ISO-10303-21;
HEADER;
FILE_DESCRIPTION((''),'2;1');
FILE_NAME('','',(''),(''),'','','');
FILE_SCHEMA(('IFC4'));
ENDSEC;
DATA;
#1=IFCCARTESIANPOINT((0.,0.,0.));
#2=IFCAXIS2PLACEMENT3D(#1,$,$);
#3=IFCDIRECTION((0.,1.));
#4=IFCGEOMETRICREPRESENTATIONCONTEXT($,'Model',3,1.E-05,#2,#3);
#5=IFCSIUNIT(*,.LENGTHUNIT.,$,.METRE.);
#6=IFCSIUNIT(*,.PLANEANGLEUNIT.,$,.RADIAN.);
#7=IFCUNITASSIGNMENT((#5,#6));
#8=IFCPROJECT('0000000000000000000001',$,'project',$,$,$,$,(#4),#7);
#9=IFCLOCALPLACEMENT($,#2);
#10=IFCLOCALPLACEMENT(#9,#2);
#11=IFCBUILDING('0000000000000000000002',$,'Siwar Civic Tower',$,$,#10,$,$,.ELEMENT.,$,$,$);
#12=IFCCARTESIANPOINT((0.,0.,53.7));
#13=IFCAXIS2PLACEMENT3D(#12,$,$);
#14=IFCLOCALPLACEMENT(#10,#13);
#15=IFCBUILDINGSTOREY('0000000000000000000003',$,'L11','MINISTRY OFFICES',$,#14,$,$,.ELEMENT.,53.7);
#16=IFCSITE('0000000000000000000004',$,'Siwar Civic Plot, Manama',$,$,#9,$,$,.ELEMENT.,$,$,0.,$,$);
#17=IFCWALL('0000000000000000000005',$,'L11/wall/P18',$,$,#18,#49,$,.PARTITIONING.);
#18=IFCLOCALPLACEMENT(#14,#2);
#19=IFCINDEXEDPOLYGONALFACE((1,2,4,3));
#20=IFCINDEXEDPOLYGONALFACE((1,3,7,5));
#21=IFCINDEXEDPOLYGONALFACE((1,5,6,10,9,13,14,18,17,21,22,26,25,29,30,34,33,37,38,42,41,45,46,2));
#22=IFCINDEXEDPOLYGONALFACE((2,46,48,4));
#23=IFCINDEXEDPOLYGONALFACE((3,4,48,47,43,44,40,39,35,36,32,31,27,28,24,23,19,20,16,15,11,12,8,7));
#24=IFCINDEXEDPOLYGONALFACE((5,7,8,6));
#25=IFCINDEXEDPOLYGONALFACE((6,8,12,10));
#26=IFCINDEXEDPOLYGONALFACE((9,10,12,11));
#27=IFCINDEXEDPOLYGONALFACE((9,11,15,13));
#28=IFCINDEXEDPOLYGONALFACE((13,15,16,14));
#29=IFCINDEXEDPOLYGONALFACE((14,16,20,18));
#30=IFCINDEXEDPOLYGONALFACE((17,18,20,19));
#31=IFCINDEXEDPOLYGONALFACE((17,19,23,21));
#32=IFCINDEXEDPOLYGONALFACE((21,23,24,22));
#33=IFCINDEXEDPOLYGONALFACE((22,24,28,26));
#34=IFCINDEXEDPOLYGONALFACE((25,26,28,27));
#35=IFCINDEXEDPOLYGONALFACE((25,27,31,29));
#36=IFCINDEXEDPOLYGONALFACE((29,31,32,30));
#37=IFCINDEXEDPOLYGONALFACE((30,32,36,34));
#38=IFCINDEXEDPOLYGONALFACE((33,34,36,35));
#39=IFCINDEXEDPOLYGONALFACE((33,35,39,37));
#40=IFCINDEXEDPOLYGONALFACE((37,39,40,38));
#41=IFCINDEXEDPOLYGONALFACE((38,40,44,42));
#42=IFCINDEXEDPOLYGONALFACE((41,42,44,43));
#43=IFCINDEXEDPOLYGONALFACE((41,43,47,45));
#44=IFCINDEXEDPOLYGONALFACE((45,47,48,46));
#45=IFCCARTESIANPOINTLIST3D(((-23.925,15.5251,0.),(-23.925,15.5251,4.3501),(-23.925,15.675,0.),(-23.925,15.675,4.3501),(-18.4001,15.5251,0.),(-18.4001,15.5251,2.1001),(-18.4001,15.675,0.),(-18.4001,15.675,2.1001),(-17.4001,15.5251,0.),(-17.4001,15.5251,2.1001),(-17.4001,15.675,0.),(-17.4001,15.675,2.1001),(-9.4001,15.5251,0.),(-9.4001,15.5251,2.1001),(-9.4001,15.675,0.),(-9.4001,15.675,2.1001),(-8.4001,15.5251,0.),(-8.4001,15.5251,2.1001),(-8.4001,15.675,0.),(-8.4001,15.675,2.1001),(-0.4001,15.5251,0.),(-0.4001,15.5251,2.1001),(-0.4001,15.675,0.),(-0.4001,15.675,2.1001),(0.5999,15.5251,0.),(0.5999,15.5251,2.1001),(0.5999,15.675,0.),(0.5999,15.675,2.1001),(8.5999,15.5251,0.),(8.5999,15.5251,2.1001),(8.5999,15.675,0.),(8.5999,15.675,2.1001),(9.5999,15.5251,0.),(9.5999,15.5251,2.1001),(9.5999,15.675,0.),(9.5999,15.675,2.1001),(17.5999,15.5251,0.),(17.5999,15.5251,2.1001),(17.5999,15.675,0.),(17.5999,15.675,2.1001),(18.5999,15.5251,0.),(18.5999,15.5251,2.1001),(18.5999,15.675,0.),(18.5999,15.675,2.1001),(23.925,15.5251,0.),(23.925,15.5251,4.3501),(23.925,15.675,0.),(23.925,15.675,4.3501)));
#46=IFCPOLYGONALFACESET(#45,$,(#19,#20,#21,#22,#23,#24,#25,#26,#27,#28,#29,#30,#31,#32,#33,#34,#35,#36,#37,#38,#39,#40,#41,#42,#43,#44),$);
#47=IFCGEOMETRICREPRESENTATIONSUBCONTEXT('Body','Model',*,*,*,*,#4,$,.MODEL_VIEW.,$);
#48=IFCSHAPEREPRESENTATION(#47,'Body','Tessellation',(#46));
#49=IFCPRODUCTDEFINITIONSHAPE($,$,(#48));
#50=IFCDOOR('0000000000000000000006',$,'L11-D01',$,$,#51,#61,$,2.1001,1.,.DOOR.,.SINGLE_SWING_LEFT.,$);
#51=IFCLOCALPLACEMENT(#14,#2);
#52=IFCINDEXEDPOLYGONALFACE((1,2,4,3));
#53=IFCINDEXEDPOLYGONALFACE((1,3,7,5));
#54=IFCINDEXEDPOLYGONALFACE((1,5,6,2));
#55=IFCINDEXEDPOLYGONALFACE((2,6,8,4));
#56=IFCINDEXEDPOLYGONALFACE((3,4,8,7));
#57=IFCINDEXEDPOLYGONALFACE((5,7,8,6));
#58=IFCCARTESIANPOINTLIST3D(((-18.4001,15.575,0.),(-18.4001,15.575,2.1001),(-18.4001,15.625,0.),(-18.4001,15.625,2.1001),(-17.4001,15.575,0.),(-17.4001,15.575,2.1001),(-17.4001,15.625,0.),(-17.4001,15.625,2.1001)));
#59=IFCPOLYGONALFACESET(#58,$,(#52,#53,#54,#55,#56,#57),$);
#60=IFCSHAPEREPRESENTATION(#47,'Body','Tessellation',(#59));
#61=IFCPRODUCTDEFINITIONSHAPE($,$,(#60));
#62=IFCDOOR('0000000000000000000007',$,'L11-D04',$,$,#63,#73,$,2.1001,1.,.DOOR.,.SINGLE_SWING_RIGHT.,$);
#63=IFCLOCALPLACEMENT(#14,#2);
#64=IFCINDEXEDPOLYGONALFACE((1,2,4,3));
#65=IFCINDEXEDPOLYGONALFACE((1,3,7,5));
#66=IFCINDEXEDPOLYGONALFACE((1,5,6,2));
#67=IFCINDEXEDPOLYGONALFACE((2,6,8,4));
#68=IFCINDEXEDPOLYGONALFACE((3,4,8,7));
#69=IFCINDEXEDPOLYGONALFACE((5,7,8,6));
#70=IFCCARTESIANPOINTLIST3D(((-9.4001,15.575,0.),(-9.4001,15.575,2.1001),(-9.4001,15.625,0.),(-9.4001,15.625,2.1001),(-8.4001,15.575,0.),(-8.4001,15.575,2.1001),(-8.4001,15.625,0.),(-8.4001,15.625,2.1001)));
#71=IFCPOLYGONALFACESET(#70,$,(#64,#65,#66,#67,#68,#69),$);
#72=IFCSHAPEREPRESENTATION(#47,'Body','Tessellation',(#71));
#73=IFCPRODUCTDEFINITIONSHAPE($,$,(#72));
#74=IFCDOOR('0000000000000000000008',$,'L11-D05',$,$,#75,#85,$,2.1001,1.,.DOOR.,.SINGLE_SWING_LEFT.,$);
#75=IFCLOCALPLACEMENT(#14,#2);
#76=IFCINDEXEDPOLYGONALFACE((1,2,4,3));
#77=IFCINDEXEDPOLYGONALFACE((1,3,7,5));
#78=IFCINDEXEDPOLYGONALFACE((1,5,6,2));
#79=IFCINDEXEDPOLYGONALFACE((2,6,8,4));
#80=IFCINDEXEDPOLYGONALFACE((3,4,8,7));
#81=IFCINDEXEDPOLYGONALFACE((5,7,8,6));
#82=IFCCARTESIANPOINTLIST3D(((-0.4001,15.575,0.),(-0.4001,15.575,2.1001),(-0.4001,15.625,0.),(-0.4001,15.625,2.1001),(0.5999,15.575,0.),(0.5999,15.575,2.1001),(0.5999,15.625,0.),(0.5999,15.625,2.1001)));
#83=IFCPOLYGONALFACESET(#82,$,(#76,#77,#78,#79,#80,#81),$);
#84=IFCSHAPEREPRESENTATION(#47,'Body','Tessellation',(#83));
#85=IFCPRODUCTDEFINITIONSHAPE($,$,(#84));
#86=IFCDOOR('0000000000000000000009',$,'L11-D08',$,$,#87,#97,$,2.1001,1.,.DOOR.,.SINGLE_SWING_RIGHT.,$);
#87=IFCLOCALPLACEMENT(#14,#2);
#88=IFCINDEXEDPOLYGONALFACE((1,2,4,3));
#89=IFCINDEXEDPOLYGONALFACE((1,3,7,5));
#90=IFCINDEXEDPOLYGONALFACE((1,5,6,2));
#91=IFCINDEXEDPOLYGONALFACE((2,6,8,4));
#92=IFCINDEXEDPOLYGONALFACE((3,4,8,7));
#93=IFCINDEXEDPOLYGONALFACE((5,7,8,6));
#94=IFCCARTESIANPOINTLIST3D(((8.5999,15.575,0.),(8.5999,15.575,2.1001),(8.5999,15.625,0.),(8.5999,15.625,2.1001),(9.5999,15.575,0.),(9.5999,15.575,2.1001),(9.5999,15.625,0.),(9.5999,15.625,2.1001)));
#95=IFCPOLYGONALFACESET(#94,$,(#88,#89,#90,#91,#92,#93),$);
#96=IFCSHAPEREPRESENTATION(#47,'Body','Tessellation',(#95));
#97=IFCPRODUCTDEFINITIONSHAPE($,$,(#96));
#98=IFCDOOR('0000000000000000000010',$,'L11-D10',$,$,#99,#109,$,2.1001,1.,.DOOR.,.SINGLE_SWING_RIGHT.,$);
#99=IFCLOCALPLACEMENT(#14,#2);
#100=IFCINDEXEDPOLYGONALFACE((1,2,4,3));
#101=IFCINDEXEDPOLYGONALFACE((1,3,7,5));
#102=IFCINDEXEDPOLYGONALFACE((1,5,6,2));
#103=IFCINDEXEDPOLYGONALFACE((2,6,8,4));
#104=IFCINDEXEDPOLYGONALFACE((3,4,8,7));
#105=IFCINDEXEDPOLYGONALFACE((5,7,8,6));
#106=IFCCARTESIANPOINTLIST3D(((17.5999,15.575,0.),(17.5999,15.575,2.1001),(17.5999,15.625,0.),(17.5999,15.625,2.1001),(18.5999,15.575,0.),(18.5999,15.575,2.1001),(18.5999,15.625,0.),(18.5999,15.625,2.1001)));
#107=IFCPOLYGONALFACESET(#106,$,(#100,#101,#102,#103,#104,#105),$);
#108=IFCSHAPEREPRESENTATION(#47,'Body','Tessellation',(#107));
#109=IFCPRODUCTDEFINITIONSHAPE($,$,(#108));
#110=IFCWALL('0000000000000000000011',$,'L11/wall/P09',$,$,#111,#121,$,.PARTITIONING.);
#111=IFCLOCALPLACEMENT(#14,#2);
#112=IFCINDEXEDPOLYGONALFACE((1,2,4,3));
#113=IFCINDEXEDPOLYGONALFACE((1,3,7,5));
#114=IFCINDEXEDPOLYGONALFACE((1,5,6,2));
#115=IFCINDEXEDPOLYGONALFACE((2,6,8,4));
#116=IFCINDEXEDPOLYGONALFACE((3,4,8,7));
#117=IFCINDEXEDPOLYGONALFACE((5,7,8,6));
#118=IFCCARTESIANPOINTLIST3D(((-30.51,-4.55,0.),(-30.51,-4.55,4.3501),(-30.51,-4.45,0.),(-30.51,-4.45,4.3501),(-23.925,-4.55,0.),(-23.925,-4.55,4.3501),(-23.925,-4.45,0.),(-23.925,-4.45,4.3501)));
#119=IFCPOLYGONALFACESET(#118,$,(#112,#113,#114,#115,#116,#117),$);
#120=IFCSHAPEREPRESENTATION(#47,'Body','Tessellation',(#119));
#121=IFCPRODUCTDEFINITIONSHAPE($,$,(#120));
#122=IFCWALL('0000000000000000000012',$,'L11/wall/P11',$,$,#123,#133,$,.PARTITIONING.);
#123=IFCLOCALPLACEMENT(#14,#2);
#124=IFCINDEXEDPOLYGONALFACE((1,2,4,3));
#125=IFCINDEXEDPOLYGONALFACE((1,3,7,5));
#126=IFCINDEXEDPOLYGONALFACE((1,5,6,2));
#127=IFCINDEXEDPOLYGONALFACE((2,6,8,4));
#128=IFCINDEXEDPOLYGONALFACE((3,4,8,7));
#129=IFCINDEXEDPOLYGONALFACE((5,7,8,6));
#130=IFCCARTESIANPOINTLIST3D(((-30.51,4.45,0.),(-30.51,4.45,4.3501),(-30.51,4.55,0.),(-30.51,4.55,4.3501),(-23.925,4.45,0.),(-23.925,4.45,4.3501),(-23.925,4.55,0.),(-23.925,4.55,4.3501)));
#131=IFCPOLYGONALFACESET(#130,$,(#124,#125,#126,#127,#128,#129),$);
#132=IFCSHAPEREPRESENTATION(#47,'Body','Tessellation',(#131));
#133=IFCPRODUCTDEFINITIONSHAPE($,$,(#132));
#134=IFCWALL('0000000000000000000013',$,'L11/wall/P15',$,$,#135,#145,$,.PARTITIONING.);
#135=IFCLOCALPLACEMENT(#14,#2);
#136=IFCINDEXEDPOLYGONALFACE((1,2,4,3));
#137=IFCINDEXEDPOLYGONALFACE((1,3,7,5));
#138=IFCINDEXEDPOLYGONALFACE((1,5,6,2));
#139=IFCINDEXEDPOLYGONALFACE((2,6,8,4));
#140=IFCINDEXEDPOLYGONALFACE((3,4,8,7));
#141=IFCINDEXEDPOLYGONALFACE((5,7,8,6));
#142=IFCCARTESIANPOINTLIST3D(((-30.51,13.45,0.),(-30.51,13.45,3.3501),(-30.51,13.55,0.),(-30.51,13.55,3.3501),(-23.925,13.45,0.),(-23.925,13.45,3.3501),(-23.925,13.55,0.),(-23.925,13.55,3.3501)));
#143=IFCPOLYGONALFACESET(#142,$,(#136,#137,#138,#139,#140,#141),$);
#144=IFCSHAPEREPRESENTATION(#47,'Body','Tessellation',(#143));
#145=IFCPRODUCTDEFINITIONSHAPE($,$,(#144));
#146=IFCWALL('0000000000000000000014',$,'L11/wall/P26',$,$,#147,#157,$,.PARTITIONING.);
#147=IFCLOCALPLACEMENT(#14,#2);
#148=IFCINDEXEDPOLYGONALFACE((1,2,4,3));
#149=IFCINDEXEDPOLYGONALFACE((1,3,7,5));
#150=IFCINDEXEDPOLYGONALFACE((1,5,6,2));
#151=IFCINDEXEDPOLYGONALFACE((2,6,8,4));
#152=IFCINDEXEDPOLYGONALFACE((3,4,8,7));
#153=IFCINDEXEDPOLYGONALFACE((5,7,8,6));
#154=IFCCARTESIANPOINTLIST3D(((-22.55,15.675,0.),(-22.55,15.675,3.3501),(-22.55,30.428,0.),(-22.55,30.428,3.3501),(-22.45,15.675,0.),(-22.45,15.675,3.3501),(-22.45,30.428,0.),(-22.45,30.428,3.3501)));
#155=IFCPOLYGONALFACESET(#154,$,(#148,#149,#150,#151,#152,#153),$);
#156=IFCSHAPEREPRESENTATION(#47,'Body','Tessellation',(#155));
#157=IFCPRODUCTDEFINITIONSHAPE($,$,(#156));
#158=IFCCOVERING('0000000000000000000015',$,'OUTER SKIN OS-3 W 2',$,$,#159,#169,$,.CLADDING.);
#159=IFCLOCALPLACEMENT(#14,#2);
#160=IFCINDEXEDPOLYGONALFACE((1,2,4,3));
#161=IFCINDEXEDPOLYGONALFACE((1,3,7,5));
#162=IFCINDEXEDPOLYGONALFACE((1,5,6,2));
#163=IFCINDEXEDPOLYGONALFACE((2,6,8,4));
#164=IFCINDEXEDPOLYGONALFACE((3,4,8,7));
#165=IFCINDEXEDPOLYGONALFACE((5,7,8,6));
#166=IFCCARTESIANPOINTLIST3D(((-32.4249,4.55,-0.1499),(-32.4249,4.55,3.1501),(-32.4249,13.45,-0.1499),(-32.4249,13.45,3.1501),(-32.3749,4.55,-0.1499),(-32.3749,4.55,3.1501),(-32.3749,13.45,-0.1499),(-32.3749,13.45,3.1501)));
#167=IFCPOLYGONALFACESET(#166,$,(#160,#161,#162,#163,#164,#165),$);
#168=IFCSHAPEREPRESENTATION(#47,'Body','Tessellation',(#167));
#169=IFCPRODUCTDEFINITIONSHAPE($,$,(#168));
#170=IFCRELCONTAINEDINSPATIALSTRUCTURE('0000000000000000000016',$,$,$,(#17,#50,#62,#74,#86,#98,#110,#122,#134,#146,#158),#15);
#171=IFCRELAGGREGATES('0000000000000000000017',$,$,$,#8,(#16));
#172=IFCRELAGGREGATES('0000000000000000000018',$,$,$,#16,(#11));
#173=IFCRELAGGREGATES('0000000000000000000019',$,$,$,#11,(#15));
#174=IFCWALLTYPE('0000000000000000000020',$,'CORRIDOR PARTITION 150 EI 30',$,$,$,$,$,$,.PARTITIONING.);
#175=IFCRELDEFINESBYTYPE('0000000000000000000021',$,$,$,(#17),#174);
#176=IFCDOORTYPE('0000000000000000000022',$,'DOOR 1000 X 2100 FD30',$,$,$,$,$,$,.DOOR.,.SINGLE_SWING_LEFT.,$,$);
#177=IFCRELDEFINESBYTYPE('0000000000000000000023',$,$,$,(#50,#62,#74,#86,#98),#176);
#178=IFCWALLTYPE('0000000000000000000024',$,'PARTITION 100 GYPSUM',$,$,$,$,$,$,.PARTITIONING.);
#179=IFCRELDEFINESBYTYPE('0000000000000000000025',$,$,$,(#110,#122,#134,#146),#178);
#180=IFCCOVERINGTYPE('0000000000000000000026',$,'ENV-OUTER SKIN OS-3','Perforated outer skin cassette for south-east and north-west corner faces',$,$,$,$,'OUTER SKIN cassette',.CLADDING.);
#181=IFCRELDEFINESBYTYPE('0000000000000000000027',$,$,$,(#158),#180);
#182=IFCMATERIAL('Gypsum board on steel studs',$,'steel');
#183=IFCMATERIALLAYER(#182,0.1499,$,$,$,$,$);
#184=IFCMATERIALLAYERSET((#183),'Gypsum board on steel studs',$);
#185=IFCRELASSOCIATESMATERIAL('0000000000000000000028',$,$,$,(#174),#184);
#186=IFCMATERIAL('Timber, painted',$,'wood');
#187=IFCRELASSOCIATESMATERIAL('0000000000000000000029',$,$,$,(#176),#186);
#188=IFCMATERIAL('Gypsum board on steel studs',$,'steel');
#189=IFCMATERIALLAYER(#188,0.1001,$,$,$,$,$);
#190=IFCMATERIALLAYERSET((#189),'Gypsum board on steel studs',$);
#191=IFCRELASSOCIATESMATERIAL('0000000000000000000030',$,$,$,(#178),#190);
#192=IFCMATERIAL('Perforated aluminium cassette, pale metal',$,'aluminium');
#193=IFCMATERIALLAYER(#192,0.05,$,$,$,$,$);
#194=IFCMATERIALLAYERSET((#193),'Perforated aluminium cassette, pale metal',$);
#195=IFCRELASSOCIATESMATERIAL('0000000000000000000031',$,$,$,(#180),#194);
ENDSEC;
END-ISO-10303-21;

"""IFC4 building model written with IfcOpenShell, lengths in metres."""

from ifc_helpers import new_model, si_unit, direction, frame, frame_2d, origin, origin_2d, place, context, subcontext, project, spatial, rectangle, extrude, material, layer, layer_set, type_object, element, fill, save


model = new_model("IFC4")

# Units and contexts
model_context = context("Model", 3, precision=1e-05, world=origin(), true_north=direction((0.0, 1.0)))
body_context = subcontext(model_context, "Body", "Model", "MODEL_VIEW")
ifc_project = project(units=[si_unit("LENGTHUNIT", "METRE"), si_unit("PLANEANGLEUNIT", "RADIAN")], contexts=[model_context])

# Site, building, storey
site_placement = place(None, origin())
site = spatial("IfcSite", under=ifc_project, at=site_placement, Name="Siwar Civic Plot, Manama", CompositionType="ELEMENT", RefElevation=0.0)
building_placement = place(site_placement, origin())
building = spatial("IfcBuilding", under=site, at=building_placement, Name="Siwar Civic Tower", CompositionType="ELEMENT")
storey_placement = place(building_placement, frame((0.0, 0.0, 53.7)))
storey = spatial("IfcBuildingStorey", under=building, at=storey_placement, Name="L11", Description="MINISTRY OFFICES", CompositionType="ELEMENT", Elevation=53.7)

# Wall, openings, doors
ifc_material_1 = material(Name="Gypsum board on steel studs", Category="steel")
ifc_layer_1 = layer(ifc_material_1, 0.1499)
ifc_layer_set_1 = layer_set([ifc_layer_1], Name="Gypsum board on steel studs")
wall_type_1 = type_object("IfcWallType", Name="CORRIDOR PARTITION 150 EI 30", PredefinedType="PARTITIONING", material=ifc_layer_set_1)
wall_1_placement = place(storey_placement, frame((-23.925, 15.6001, 0.0), z_axis=(0.0, 0.0, 1.0), x_axis=(1.0, 0.0, 0.0)))
wall_1 = element("IfcWall", 1, at=wall_1_placement, inside=storey, type_object=wall_type_1, Name="L11/wall/P18", PredefinedType="PARTITIONING", context=body_context, shape_type="SweptSolid", body=[
    extrude(rectangle(XDim=47.8501, YDim=0.1499, at=frame_2d((23.925, 0.0))), origin(), (0.0, 0.0, 1.0), 4.3501),
])
opening_1_placement = place(wall_1_placement, frame((5.5249, 0.0, 0.0)))
opening_1 = element("IfcOpeningElement", 2, at=opening_1_placement, cuts=wall_1, PredefinedType="OPENING", context=body_context, shape_type="SweptSolid", body=[
    extrude(rectangle(XDim=1.0, YDim=2.1001, at=frame_2d((0.5, 1.05))), frame((0.0, 0.085, 0.0), z_axis=(0.0, -1.0, 0.0), x_axis=(1.0, 0.0, 0.0)), (0.0, 0.0, 1.0), 0.1699),
])
opening_2_placement = place(wall_1_placement, frame((14.5249, 0.0, 0.0)))
opening_2 = element("IfcOpeningElement", 3, at=opening_2_placement, cuts=wall_1, PredefinedType="OPENING", context=body_context, shape_type="SweptSolid", body=[
    extrude(rectangle(XDim=1.0, YDim=2.1001, at=frame_2d((0.5, 1.05))), frame((0.0, 0.085, 0.0), z_axis=(0.0, -1.0, 0.0), x_axis=(1.0, 0.0, 0.0)), (0.0, 0.0, 1.0), 0.1699),
])
opening_3_placement = place(wall_1_placement, frame((23.5249, 0.0, 0.0)))
opening_3 = element("IfcOpeningElement", 4, at=opening_3_placement, cuts=wall_1, PredefinedType="OPENING", context=body_context, shape_type="SweptSolid", body=[
    extrude(rectangle(XDim=1.0, YDim=2.1001, at=frame_2d((0.5, 1.05))), frame((0.0, 0.085, 0.0), z_axis=(0.0, -1.0, 0.0), x_axis=(1.0, 0.0, 0.0)), (0.0, 0.0, 1.0), 0.1699),
])
opening_4_placement = place(wall_1_placement, frame((32.5249, 0.0, 0.0)))
opening_4 = element("IfcOpeningElement", 5, at=opening_4_placement, cuts=wall_1, PredefinedType="OPENING", context=body_context, shape_type="SweptSolid", body=[
    extrude(rectangle(XDim=1.0, YDim=2.1001, at=frame_2d((0.5, 1.05))), frame((0.0, 0.085, 0.0), z_axis=(0.0, -1.0, 0.0), x_axis=(1.0, 0.0, 0.0)), (0.0, 0.0, 1.0), 0.1699),
])
opening_5_placement = place(wall_1_placement, frame((41.5249, 0.0, 0.0)))
opening_5 = element("IfcOpeningElement", 6, at=opening_5_placement, cuts=wall_1, PredefinedType="OPENING", context=body_context, shape_type="SweptSolid", body=[
    extrude(rectangle(XDim=1.0, YDim=2.1001, at=frame_2d((0.5, 1.05))), frame((0.0, 0.085, 0.0), z_axis=(0.0, -1.0, 0.0), x_axis=(1.0, 0.0, 0.0)), (0.0, 0.0, 1.0), 0.1699),
])
ifc_material_2 = material(Name="Timber, painted", Category="wood")
door_type = type_object("IfcDoorType", Name="DOOR 1000 X 2100 FD30", OperationType="SINGLE_SWING_LEFT", PredefinedType="DOOR", material=ifc_material_2)
door_1_placement = place(opening_1_placement, origin())
door_1 = element("IfcDoor", 7, at=door_1_placement, inside=storey, type_object=door_type, Name="L11-D01", OperationType="SINGLE_SWING_LEFT", OverallHeight=2.1001, OverallWidth=1.0, PredefinedType="DOOR", context=body_context, shape_type="SweptSolid", body=[
    extrude(rectangle(XDim=1.0, YDim=2.1001, at=frame_2d((0.5, 1.05))), frame((0.0, 0.0249, 0.0), z_axis=(0.0, -1.0, 0.0), x_axis=(1.0, 0.0, 0.0)), (0.0, 0.0, 1.0), 0.05),
])
fill(opening_1, door_1)
door_2_placement = place(opening_2_placement, origin())
door_2 = element("IfcDoor", 8, at=door_2_placement, inside=storey, type_object=door_type, Name="L11-D04", OperationType="SINGLE_SWING_RIGHT", OverallHeight=2.1001, OverallWidth=1.0, PredefinedType="DOOR", context=body_context, shape_type="SweptSolid", body=[
    extrude(rectangle(XDim=1.0, YDim=2.1001, at=frame_2d((0.5, 1.05))), frame((0.0, 0.0249, 0.0), z_axis=(0.0, -1.0, 0.0), x_axis=(1.0, 0.0, 0.0)), (0.0, 0.0, 1.0), 0.05),
])
fill(opening_2, door_2)
door_3_placement = place(opening_3_placement, origin())
door_3 = element("IfcDoor", 9, at=door_3_placement, inside=storey, type_object=door_type, Name="L11-D05", OperationType="SINGLE_SWING_LEFT", OverallHeight=2.1001, OverallWidth=1.0, PredefinedType="DOOR", context=body_context, shape_type="SweptSolid", body=[
    extrude(rectangle(XDim=1.0, YDim=2.1001, at=frame_2d((0.5, 1.05))), frame((0.0, 0.0249, 0.0), z_axis=(0.0, -1.0, 0.0), x_axis=(1.0, 0.0, 0.0)), (0.0, 0.0, 1.0), 0.05),
])
fill(opening_3, door_3)
door_4_placement = place(opening_4_placement, origin())
door_4 = element("IfcDoor", 10, at=door_4_placement, inside=storey, type_object=door_type, Name="L11-D08", OperationType="SINGLE_SWING_RIGHT", OverallHeight=2.1001, OverallWidth=1.0, PredefinedType="DOOR", context=body_context, shape_type="SweptSolid", body=[
    extrude(rectangle(XDim=1.0, YDim=2.1001, at=frame_2d((0.5, 1.05))), frame((0.0, 0.0249, 0.0), z_axis=(0.0, -1.0, 0.0), x_axis=(1.0, 0.0, 0.0)), (0.0, 0.0, 1.0), 0.05),
])
fill(opening_4, door_4)
door_5_placement = place(opening_5_placement, origin())
door_5 = element("IfcDoor", 11, at=door_5_placement, inside=storey, type_object=door_type, Name="L11-D10", OperationType="SINGLE_SWING_RIGHT", OverallHeight=2.1001, OverallWidth=1.0, PredefinedType="DOOR", context=body_context, shape_type="SweptSolid", body=[
    extrude(rectangle(XDim=1.0, YDim=2.1001, at=frame_2d((0.5, 1.05))), frame((0.0, 0.0249, 0.0), z_axis=(0.0, -1.0, 0.0), x_axis=(1.0, 0.0, 0.0)), (0.0, 0.0, 1.0), 0.05),
])
fill(opening_5, door_5)

# Walls
ifc_material_3 = material(Name="Gypsum board on steel studs", Category="steel")
ifc_layer_2 = layer(ifc_material_3, 0.1001)
ifc_layer_set_2 = layer_set([ifc_layer_2], Name="Gypsum board on steel studs")
wall_type_2 = type_object("IfcWallType", Name="PARTITION 100 GYPSUM", PredefinedType="PARTITIONING", material=ifc_layer_set_2)
for number, where, z_axis, x_axis, name in (
    (12, (-30.51, -4.5, 0.0), (0.0, 0.0, 1.0), (1.0, 0.0, 0.0), "L11/wall/P09"),
    (13, (-30.51, 4.5, 0.0), (0.0, 0.0, 1.0), (1.0, 0.0, 0.0), "L11/wall/P11"),
):
    element("IfcWall", number, at=place(storey_placement, frame(where, z_axis=z_axis, x_axis=x_axis)), inside=storey, type_object=wall_type_2, Name=name, PredefinedType="PARTITIONING", context=body_context, shape_type="SweptSolid", body=[
        extrude(rectangle(XDim=6.585, YDim=0.1001, at=frame_2d((3.2925, 0.0))), origin(), (0.0, 0.0, 1.0), 4.3501),
    ])
wall_2_placement = place(storey_placement, frame((-30.51, 13.5, 0.0), z_axis=(0.0, 0.0, 1.0), x_axis=(1.0, 0.0, 0.0)))
element("IfcWall", 14, at=wall_2_placement, inside=storey, type_object=wall_type_2, Name="L11/wall/P15", PredefinedType="PARTITIONING", context=body_context, shape_type="SweptSolid", body=[
    extrude(rectangle(XDim=6.585, YDim=0.1001, at=frame_2d((3.2925, 0.0))), origin(), (0.0, 0.0, 1.0), 3.3501),
])
wall_3_placement = place(storey_placement, frame((-22.5, 15.675, 0.0), z_axis=(0.0, 0.0, 1.0), x_axis=(0.0, 1.0, 0.0)))
element("IfcWall", 15, at=wall_3_placement, inside=storey, type_object=wall_type_2, Name="L11/wall/P26", PredefinedType="PARTITIONING", context=body_context, shape_type="SweptSolid", body=[
    extrude(rectangle(XDim=14.7529, YDim=0.1001, at=frame_2d((7.3765, 0.0))), origin(), (0.0, 0.0, 1.0), 3.3501),
])

# Covering
ifc_material_4 = material(Name="Perforated aluminium cassette, pale metal", Category="aluminium")
ifc_layer_3 = layer(ifc_material_4, 0.05)
ifc_layer_set_3 = layer_set([ifc_layer_3], Name="Perforated aluminium cassette, pale metal")
covering_type = type_object("IfcCoveringType", Name="ENV-OUTER SKIN OS-3", Description="Perforated outer skin cassette for south-east and north-west corner faces", ElementType="OUTER SKIN cassette", PredefinedType="CLADDING", material=ifc_layer_set_3)
for number, where, z_axis, x_axis, name in (
    (16, (-32.3999, 9.0, -0.1499), (0.0, 0.0, 1.0), (0.0, -1.0, 0.0), "OUTER SKIN OS-3 W 2"),
):
    element("IfcCovering", number, at=place(storey_placement, frame(where, z_axis=z_axis, x_axis=x_axis)), inside=storey, type_object=covering_type, Name=name, PredefinedType="CLADDING", context=body_context, shape_type="SweptSolid", body=[
        extrude(rectangle(XDim=8.8999, YDim=0.05, at=origin_2d()), origin(), (0.0, 0.0, 1.0), 3.3),
    ])

save(model, "model.ifc")
